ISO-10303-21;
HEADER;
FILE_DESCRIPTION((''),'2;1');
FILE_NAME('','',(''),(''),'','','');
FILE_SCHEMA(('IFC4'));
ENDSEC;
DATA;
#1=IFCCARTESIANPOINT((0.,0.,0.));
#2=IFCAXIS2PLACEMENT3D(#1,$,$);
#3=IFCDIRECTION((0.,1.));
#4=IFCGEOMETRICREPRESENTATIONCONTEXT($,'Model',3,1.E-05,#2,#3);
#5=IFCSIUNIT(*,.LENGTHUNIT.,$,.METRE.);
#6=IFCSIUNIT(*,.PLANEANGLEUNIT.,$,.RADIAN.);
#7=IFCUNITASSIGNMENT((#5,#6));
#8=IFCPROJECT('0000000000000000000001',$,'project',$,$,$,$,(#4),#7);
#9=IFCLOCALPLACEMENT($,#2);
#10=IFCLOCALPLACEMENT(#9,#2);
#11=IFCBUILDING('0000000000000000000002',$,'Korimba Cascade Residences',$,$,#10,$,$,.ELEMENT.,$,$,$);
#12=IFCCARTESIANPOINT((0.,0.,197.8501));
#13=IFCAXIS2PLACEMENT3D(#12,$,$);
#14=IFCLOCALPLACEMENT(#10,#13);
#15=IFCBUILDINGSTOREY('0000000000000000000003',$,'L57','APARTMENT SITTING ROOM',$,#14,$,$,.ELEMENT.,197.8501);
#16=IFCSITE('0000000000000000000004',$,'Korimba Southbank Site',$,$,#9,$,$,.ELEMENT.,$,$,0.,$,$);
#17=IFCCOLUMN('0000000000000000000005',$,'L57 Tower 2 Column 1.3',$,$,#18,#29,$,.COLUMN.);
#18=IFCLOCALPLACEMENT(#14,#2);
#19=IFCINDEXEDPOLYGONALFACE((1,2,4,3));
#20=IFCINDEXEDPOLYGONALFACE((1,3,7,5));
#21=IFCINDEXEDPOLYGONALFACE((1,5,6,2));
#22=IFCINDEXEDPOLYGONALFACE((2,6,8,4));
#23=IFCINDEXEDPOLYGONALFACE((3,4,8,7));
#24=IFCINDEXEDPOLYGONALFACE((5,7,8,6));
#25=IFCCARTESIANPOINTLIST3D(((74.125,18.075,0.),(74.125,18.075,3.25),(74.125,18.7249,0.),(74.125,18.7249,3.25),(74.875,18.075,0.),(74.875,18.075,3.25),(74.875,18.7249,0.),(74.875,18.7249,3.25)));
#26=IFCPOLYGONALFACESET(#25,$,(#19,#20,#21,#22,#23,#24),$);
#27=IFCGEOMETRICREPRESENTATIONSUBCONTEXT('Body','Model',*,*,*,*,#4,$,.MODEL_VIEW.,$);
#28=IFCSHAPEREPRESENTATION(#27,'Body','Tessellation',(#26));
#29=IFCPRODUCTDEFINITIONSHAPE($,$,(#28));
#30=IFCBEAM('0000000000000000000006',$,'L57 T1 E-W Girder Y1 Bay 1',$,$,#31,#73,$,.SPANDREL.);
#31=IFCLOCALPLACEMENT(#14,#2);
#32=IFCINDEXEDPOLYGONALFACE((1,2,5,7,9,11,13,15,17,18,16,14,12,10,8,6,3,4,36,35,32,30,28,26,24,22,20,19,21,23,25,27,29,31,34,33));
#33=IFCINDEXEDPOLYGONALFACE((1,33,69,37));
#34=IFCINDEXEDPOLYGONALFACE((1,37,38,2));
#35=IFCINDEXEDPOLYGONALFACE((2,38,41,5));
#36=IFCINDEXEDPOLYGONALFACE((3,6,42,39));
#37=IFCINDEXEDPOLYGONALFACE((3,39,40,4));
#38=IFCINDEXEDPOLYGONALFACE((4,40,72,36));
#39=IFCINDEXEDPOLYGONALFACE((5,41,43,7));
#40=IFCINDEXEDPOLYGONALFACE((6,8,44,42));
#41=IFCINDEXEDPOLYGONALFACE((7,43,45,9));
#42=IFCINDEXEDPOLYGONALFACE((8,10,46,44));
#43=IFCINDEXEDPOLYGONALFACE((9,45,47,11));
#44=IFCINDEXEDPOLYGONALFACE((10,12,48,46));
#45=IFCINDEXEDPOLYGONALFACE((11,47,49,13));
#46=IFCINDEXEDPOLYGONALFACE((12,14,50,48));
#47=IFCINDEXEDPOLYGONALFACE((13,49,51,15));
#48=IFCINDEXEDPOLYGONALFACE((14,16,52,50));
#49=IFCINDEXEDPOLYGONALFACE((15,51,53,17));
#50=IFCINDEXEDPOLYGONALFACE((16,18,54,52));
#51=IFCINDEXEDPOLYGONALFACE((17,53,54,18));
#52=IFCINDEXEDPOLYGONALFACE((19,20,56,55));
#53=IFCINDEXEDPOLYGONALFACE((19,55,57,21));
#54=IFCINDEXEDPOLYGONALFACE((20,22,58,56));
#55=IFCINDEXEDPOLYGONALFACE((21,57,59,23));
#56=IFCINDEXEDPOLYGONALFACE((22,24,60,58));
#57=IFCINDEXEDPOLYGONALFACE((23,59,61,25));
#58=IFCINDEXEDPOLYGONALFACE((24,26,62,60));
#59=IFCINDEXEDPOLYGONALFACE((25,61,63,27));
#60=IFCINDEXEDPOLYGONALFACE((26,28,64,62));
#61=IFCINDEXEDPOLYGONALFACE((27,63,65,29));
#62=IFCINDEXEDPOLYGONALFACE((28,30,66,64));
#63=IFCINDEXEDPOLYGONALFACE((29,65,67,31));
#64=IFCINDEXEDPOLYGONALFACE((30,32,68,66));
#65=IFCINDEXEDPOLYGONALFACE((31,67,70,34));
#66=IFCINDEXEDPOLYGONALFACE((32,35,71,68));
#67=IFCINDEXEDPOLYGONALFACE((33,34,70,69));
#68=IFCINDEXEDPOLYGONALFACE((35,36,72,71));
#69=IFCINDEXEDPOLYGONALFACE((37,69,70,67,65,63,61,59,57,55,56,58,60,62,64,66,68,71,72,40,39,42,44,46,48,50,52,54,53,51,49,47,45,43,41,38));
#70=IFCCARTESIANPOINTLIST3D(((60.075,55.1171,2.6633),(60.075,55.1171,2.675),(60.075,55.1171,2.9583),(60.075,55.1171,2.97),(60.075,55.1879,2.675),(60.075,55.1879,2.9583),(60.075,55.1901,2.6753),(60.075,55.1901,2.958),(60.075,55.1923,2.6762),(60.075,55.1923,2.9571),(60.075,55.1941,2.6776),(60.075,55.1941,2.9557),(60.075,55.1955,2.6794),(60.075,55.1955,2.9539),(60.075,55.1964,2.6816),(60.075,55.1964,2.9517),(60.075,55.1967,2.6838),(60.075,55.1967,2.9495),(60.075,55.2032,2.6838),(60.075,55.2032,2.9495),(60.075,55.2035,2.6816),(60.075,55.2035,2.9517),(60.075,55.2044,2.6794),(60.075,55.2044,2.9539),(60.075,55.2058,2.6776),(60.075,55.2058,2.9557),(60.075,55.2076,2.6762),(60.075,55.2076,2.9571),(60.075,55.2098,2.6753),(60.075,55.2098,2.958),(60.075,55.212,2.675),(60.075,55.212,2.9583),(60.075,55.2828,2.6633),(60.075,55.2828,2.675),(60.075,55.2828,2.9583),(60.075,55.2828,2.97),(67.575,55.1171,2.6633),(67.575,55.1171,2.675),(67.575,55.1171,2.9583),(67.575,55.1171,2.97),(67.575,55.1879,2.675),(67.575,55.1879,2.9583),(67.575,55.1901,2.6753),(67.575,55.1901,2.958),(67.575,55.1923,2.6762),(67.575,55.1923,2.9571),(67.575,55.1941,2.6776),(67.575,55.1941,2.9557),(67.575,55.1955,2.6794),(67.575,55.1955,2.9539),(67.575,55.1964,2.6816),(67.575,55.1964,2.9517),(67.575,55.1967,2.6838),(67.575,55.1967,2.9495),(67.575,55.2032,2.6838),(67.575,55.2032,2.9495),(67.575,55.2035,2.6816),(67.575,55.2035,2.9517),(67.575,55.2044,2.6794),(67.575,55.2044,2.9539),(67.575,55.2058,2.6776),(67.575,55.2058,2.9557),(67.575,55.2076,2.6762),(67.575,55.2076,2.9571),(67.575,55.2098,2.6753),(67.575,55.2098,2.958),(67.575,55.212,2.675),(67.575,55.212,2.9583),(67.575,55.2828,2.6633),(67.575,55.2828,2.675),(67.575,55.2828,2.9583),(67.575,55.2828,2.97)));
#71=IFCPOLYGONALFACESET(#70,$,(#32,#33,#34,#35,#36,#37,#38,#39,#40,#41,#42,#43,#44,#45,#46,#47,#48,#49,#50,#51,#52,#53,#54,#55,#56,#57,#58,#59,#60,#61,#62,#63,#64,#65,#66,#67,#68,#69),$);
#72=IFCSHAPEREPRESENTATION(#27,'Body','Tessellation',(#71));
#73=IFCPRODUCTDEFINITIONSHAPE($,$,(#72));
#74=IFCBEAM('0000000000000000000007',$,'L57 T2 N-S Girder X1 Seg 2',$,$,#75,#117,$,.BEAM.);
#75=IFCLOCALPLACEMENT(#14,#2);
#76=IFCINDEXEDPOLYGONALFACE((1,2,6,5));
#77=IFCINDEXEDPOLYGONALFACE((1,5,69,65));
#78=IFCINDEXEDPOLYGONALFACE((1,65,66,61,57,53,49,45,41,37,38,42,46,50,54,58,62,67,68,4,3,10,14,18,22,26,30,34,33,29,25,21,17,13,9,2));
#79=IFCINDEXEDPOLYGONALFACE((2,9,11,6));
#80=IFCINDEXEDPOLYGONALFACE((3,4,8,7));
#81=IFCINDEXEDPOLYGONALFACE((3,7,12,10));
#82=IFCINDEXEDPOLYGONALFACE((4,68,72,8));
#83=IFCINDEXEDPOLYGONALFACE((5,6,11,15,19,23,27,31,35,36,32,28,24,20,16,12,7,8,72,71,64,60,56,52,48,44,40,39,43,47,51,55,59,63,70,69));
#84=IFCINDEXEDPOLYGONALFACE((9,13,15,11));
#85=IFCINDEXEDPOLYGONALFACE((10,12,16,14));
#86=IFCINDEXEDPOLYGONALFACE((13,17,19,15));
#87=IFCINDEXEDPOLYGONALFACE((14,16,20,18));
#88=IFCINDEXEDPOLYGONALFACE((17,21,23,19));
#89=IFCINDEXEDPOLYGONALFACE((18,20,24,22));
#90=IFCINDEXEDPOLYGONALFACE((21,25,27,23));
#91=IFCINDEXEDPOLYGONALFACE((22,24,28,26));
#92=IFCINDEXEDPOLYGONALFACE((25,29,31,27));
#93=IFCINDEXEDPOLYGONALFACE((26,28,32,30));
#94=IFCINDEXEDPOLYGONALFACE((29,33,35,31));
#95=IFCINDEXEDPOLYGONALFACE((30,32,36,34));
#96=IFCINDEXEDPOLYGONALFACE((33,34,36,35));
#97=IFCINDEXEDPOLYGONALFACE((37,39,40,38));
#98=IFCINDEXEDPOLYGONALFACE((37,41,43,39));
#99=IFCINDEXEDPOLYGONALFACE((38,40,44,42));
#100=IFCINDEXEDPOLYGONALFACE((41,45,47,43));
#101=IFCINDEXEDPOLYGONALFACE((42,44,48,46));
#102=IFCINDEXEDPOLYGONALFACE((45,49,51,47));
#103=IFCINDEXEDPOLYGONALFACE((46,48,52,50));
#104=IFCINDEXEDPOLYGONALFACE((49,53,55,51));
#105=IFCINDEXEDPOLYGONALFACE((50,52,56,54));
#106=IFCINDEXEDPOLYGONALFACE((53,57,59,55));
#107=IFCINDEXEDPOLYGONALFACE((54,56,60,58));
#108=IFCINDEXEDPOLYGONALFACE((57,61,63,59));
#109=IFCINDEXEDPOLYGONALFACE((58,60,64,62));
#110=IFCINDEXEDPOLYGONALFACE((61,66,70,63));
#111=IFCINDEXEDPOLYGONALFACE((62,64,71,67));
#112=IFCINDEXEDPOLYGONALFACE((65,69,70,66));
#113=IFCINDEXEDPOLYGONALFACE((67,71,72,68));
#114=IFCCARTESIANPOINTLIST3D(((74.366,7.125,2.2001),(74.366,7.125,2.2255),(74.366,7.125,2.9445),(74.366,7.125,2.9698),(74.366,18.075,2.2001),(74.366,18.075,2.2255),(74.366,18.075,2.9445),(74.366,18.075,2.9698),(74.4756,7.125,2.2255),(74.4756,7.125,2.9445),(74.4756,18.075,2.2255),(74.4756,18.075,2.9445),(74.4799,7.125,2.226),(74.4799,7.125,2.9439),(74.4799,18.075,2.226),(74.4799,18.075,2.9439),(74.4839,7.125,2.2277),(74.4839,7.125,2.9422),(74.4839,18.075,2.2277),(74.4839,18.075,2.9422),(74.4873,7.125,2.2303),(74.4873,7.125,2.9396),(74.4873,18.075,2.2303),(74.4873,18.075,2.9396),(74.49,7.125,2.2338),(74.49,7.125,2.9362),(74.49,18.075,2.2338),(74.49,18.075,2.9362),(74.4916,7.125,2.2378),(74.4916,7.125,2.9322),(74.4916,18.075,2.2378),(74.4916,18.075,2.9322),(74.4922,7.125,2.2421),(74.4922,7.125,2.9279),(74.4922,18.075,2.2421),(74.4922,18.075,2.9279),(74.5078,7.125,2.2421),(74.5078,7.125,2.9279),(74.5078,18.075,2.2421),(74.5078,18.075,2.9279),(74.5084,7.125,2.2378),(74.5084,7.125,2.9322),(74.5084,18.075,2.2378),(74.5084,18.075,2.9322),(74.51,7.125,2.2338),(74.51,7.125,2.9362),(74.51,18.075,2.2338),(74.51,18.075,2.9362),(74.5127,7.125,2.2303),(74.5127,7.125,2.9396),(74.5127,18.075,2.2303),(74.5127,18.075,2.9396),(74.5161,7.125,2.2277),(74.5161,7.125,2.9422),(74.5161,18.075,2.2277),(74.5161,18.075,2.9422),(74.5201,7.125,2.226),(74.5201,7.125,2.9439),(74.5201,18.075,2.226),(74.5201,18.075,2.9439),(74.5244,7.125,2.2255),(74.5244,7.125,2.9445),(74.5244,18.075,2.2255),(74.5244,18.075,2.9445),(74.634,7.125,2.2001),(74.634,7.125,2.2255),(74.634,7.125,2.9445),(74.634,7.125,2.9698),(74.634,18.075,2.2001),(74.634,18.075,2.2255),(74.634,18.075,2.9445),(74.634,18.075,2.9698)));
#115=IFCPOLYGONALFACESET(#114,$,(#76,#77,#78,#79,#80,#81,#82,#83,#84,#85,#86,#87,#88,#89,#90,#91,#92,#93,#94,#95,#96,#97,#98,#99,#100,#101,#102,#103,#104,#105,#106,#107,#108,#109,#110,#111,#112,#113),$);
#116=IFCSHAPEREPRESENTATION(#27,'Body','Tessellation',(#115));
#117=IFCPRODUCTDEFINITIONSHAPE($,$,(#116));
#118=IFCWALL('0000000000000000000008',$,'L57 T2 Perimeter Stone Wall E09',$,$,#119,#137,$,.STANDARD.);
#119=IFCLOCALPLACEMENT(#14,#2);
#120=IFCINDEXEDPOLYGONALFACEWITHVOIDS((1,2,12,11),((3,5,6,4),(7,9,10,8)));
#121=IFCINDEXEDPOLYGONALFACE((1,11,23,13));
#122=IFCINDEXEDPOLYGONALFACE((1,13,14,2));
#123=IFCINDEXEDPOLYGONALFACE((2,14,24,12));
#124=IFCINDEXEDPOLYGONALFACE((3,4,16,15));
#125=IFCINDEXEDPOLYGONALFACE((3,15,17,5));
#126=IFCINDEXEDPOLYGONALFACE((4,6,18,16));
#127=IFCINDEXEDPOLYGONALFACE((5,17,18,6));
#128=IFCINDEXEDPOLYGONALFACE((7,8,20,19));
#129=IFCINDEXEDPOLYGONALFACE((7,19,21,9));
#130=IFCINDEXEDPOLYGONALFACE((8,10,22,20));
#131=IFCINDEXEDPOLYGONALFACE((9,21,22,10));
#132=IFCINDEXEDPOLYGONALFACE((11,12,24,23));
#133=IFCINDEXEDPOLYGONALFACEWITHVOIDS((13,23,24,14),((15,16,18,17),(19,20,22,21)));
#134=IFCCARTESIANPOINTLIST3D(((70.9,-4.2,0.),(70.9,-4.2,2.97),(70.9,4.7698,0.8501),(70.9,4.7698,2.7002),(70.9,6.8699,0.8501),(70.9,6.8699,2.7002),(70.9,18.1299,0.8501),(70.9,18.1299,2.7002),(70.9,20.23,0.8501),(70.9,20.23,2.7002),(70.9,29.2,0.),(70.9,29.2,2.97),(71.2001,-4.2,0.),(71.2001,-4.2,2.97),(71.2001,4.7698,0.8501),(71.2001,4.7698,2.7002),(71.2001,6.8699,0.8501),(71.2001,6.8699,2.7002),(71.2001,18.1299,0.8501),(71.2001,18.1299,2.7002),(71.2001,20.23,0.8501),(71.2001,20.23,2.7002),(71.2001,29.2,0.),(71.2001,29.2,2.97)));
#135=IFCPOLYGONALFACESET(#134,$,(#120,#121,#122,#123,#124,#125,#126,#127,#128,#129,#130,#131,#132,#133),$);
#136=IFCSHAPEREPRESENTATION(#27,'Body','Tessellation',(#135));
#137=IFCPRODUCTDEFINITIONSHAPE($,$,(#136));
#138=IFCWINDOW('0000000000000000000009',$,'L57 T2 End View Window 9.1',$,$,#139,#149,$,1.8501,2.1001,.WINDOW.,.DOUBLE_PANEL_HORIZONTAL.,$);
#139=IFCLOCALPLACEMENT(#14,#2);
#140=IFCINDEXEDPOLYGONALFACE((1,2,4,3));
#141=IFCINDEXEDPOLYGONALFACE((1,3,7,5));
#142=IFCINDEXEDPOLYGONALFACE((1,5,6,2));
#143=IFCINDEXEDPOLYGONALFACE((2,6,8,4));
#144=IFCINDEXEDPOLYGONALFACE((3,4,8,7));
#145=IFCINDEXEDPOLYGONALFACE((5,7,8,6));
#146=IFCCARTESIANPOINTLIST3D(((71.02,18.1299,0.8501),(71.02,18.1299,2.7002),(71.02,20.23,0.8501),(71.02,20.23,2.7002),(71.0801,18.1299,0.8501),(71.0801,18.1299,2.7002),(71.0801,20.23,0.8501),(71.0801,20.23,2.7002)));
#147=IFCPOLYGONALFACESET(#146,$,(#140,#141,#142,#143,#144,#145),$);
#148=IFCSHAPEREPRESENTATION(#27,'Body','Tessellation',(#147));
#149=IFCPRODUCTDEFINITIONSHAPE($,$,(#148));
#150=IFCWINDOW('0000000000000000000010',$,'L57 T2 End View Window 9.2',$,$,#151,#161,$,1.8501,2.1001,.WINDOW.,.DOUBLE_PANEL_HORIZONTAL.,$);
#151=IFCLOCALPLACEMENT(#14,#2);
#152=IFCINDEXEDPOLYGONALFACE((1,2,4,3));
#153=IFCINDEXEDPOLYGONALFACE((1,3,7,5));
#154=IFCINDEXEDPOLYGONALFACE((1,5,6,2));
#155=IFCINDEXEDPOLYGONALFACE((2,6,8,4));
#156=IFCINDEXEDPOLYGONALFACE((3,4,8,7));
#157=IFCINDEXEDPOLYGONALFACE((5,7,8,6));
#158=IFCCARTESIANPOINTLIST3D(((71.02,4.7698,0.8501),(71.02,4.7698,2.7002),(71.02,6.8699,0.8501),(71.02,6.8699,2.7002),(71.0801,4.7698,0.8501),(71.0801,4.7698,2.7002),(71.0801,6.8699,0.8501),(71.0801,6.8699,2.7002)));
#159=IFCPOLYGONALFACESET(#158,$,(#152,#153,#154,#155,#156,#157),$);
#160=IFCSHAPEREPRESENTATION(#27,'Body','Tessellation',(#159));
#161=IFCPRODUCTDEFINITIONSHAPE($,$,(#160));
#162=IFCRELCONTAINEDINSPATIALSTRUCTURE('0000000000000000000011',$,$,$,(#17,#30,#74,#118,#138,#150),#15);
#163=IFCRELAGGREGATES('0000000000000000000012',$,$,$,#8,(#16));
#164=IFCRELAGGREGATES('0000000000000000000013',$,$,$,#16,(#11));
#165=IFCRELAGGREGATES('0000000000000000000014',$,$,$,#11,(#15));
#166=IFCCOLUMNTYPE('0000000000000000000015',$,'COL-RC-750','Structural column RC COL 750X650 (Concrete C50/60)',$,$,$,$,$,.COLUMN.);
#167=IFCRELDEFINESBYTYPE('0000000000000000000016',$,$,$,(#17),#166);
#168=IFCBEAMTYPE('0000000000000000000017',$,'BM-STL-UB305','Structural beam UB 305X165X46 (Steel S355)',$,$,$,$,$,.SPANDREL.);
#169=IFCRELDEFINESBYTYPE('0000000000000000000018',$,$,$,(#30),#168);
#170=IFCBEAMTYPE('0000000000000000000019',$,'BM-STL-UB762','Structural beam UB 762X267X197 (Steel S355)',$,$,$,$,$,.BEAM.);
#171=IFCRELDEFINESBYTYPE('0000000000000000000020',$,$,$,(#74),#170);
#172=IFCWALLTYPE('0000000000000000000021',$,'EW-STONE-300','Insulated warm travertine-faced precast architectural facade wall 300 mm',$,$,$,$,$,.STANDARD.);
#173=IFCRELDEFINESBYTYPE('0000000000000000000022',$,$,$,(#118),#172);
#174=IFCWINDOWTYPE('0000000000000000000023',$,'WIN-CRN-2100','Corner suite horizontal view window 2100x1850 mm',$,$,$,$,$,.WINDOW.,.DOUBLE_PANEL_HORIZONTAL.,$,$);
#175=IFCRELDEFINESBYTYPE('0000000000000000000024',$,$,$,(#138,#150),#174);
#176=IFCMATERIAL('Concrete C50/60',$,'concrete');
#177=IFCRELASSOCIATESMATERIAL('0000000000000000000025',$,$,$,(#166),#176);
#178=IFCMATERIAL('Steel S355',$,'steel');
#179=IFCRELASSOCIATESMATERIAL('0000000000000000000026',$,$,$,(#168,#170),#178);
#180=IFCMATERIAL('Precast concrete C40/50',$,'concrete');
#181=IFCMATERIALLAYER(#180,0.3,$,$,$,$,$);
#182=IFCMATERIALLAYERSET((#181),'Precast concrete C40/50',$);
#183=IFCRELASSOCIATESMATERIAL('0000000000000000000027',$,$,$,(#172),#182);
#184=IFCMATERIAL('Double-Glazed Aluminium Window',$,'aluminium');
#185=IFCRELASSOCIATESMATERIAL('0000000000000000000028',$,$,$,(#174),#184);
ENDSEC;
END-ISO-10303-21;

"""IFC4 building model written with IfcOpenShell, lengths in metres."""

from ifc_helpers import new_model, si_unit, direction, frame, frame_2d, origin, origin_2d, place, context, subcontext, project, spatial, rectangle, i_section, extrude, material, layer, layer_set, material_profile, profile_set, type_object, element, fill, save


model = new_model("IFC4")

# Units and contexts
model_context = context("Model", 3, precision=1e-05, world=origin(), true_north=direction((0.0, 1.0)))
body_context = subcontext(model_context, "Body", "Model", "MODEL_VIEW")
ifc_project = project(units=[si_unit("LENGTHUNIT", "METRE"), si_unit("PLANEANGLEUNIT", "RADIAN")], contexts=[model_context])

# Site, building, storey
site_placement = place(None, origin())
site = spatial("IfcSite", under=ifc_project, at=site_placement, Name="Korimba Southbank Site", CompositionType="ELEMENT", RefElevation=0.0)
building_placement = place(site_placement, origin())
building = spatial("IfcBuilding", under=site, at=building_placement, Name="Korimba Cascade Residences", CompositionType="ELEMENT")
storey_placement = place(building_placement, frame((0.0, 0.0, 197.8501)))
storey = spatial("IfcBuildingStorey", under=building, at=storey_placement, Name="L57", Description="APARTMENT SITTING ROOM", CompositionType="ELEMENT", Elevation=197.8501)

# Column
ifc_material_1 = material(Name="Concrete C50/60", Category="concrete")
ifc_material_profile_1 = material_profile(ifc_material_1, rectangle(XDim=0.75, YDim=0.6499, at=origin_2d()), Name="Concrete C50/60")
ifc_profile_set_1 = profile_set([ifc_material_profile_1], Name="Concrete C50/60")
column_type = type_object("IfcColumnType", Name="COL-RC-750", Description="Structural column RC COL 750X650 (Concrete C50/60)", PredefinedType="COLUMN", material=ifc_profile_set_1)
column_placement = place(storey_placement, frame((74.5, 18.3999, 0.0), z_axis=(0.0, 0.0, 1.0), x_axis=(1.0, 0.0, 0.0)))
element("IfcColumn", 1, at=column_placement, inside=storey, type_object=column_type, Name="L57 Tower 2 Column 1.3", PredefinedType="COLUMN", context=body_context, shape_type="SweptSolid", body=[
    extrude(rectangle(XDim=0.75, YDim=0.6499, at=origin_2d()), origin(), (0.0, 0.0, 1.0), 3.25),
])

# Beams
ifc_material_2 = material(Name="Steel S355", Category="steel")
ifc_material_profile_2 = material_profile(ifc_material_2, i_section(OverallWidth=0.1658, OverallDepth=0.3066, WebThickness=0.0066, FlangeThickness=0.0117, FilletRadius=0.0088, at=origin_2d()), Name="Steel S355")
ifc_profile_set_2 = profile_set([ifc_material_profile_2], Name="Steel S355")
beam_type_1 = type_object("IfcBeamType", Name="BM-STL-UB305", Description="Structural beam UB 305X165X46 (Steel S355)", PredefinedType="SPANDREL", material=ifc_profile_set_2)
beam_1_placement = place(storey_placement, frame((60.075, 55.2, 2.8167), z_axis=(1.0, 0.0, 0.0), x_axis=(0.0, 1.0, 0.0)))
element("IfcBeam", 2, at=beam_1_placement, inside=storey, type_object=beam_type_1, Name="L57 T1 E-W Girder Y1 Bay 1", PredefinedType="SPANDREL", context=body_context, shape_type="SweptSolid", body=[
    extrude(i_section(OverallWidth=0.1658, OverallDepth=0.3066, WebThickness=0.0066, FlangeThickness=0.0117, FilletRadius=0.0088, at=origin_2d()), origin(), (0.0, 0.0, 1.0), 7.5),
])
ifc_material_profile_3 = material_profile(ifc_material_2, i_section(OverallWidth=0.2681, OverallDepth=0.7698, WebThickness=0.0156, FlangeThickness=0.0254, FilletRadius=0.0166, at=origin_2d()), Name="Steel S355")
ifc_profile_set_3 = profile_set([ifc_material_profile_3], Name="Steel S355")
beam_type_2 = type_object("IfcBeamType", Name="BM-STL-UB762", Description="Structural beam UB 762X267X197 (Steel S355)", PredefinedType="BEAM", material=ifc_profile_set_3)
beam_2_placement = place(storey_placement, frame((74.5, 7.125, 2.585), z_axis=(0.0, 1.0, 0.0), x_axis=(-1.0, 0.0, 0.0)))
element("IfcBeam", 3, at=beam_2_placement, inside=storey, type_object=beam_type_2, Name="L57 T2 N-S Girder X1 Seg 2", PredefinedType="BEAM", context=body_context, shape_type="SweptSolid", body=[
    extrude(i_section(OverallWidth=0.2681, OverallDepth=0.7698, WebThickness=0.0156, FlangeThickness=0.0254, FilletRadius=0.0166, at=origin_2d()), origin(), (0.0, 0.0, 1.0), 10.95),
])

# Wall, openings, windows
ifc_material_3 = material(Name="Precast concrete C40/50", Category="concrete")
ifc_layer_1 = layer(ifc_material_3, 0.3)
ifc_layer_set_1 = layer_set([ifc_layer_1], Name="Precast concrete C40/50")
wall_type_1 = type_object("IfcWallType", Name="EW-STONE-300", Description="Insulated warm travertine-faced precast architectural facade wall 300 mm", PredefinedType="STANDARD", material=ifc_layer_set_1)
wall_1_placement = place(storey_placement, frame((71.05, 29.2, 0.0), z_axis=(0.0, 0.0, 1.0), x_axis=(0.0, -1.0, 0.0)))
wall_1 = element("IfcWall", 4, at=wall_1_placement, inside=storey, type_object=wall_type_1, Name="L57 T2 Perimeter Stone Wall E09", PredefinedType="STANDARD", context=body_context, shape_type="SweptSolid", body=[
    extrude(rectangle(XDim=33.3999, YDim=0.3, at=frame_2d((16.7, 0.0))), origin(), (0.0, 0.0, 1.0), 2.97),
])
opening_1_placement = place(wall_1_placement, frame((8.97, 0.0, 0.8501)))
opening_1 = element("IfcOpeningElement", 5, at=opening_1_placement, cuts=wall_1, PredefinedType="OPENING", context=body_context, shape_type="SweptSolid", body=[
    extrude(rectangle(XDim=2.1001, YDim=1.8501, at=frame_2d((1.05, 0.925))), frame((0.0, 0.1602, 0.0), z_axis=(0.0, -1.0, 0.0), x_axis=(1.0, 0.0, 0.0)), (0.0, 0.0, 1.0), 0.3201),
])
opening_2_placement = place(wall_1_placement, frame((22.3301, 0.0, 0.8501)))
opening_2 = element("IfcOpeningElement", 6, at=opening_2_placement, cuts=wall_1, PredefinedType="OPENING", context=body_context, shape_type="SweptSolid", body=[
    extrude(rectangle(XDim=2.1001, YDim=1.8501, at=frame_2d((1.05, 0.925))), frame((0.0, 0.1602, 0.0), z_axis=(0.0, -1.0, 0.0), x_axis=(1.0, 0.0, 0.0)), (0.0, 0.0, 1.0), 0.3201),
])
ifc_material_4 = material(Name="Double-Glazed Aluminium Window", Category="aluminium")
window_type = type_object("IfcWindowType", Name="WIN-CRN-2100", Description="Corner suite horizontal view window 2100x1850 mm", PartitioningType="DOUBLE_PANEL_HORIZONTAL", PredefinedType="WINDOW", material=ifc_material_4)
window_1_placement = place(opening_1_placement, origin())
window_1 = element("IfcWindow", 7, at=window_1_placement, inside=storey, type_object=window_type, Name="L57 T2 End View Window 9.1", OverallHeight=1.8501, OverallWidth=2.1001, PartitioningType="DOUBLE_PANEL_HORIZONTAL", PredefinedType="WINDOW", context=body_context, shape_type="SweptSolid", body=[
    extrude(rectangle(XDim=2.1001, YDim=1.8501, at=frame_2d((1.05, 0.925))), frame((0.0, 0.03, 0.0), z_axis=(0.0, -1.0, 0.0), x_axis=(1.0, 0.0, 0.0)), (0.0, 0.0, 1.0), 0.0601),
])
fill(opening_1, window_1)
window_2_placement = place(opening_2_placement, origin())
window_2 = element("IfcWindow", 8, at=window_2_placement, inside=storey, type_object=window_type, Name="L57 T2 End View Window 9.2", OverallHeight=1.8501, OverallWidth=2.1001, PartitioningType="DOUBLE_PANEL_HORIZONTAL", PredefinedType="WINDOW", context=body_context, shape_type="SweptSolid", body=[
    extrude(rectangle(XDim=2.1001, YDim=1.8501, at=frame_2d((1.05, 0.925))), frame((0.0, 0.03, 0.0), z_axis=(0.0, -1.0, 0.0), x_axis=(1.0, 0.0, 0.0)), (0.0, 0.0, 1.0), 0.0601),
])
fill(opening_2, window_2)

save(model, "model.ifc")
